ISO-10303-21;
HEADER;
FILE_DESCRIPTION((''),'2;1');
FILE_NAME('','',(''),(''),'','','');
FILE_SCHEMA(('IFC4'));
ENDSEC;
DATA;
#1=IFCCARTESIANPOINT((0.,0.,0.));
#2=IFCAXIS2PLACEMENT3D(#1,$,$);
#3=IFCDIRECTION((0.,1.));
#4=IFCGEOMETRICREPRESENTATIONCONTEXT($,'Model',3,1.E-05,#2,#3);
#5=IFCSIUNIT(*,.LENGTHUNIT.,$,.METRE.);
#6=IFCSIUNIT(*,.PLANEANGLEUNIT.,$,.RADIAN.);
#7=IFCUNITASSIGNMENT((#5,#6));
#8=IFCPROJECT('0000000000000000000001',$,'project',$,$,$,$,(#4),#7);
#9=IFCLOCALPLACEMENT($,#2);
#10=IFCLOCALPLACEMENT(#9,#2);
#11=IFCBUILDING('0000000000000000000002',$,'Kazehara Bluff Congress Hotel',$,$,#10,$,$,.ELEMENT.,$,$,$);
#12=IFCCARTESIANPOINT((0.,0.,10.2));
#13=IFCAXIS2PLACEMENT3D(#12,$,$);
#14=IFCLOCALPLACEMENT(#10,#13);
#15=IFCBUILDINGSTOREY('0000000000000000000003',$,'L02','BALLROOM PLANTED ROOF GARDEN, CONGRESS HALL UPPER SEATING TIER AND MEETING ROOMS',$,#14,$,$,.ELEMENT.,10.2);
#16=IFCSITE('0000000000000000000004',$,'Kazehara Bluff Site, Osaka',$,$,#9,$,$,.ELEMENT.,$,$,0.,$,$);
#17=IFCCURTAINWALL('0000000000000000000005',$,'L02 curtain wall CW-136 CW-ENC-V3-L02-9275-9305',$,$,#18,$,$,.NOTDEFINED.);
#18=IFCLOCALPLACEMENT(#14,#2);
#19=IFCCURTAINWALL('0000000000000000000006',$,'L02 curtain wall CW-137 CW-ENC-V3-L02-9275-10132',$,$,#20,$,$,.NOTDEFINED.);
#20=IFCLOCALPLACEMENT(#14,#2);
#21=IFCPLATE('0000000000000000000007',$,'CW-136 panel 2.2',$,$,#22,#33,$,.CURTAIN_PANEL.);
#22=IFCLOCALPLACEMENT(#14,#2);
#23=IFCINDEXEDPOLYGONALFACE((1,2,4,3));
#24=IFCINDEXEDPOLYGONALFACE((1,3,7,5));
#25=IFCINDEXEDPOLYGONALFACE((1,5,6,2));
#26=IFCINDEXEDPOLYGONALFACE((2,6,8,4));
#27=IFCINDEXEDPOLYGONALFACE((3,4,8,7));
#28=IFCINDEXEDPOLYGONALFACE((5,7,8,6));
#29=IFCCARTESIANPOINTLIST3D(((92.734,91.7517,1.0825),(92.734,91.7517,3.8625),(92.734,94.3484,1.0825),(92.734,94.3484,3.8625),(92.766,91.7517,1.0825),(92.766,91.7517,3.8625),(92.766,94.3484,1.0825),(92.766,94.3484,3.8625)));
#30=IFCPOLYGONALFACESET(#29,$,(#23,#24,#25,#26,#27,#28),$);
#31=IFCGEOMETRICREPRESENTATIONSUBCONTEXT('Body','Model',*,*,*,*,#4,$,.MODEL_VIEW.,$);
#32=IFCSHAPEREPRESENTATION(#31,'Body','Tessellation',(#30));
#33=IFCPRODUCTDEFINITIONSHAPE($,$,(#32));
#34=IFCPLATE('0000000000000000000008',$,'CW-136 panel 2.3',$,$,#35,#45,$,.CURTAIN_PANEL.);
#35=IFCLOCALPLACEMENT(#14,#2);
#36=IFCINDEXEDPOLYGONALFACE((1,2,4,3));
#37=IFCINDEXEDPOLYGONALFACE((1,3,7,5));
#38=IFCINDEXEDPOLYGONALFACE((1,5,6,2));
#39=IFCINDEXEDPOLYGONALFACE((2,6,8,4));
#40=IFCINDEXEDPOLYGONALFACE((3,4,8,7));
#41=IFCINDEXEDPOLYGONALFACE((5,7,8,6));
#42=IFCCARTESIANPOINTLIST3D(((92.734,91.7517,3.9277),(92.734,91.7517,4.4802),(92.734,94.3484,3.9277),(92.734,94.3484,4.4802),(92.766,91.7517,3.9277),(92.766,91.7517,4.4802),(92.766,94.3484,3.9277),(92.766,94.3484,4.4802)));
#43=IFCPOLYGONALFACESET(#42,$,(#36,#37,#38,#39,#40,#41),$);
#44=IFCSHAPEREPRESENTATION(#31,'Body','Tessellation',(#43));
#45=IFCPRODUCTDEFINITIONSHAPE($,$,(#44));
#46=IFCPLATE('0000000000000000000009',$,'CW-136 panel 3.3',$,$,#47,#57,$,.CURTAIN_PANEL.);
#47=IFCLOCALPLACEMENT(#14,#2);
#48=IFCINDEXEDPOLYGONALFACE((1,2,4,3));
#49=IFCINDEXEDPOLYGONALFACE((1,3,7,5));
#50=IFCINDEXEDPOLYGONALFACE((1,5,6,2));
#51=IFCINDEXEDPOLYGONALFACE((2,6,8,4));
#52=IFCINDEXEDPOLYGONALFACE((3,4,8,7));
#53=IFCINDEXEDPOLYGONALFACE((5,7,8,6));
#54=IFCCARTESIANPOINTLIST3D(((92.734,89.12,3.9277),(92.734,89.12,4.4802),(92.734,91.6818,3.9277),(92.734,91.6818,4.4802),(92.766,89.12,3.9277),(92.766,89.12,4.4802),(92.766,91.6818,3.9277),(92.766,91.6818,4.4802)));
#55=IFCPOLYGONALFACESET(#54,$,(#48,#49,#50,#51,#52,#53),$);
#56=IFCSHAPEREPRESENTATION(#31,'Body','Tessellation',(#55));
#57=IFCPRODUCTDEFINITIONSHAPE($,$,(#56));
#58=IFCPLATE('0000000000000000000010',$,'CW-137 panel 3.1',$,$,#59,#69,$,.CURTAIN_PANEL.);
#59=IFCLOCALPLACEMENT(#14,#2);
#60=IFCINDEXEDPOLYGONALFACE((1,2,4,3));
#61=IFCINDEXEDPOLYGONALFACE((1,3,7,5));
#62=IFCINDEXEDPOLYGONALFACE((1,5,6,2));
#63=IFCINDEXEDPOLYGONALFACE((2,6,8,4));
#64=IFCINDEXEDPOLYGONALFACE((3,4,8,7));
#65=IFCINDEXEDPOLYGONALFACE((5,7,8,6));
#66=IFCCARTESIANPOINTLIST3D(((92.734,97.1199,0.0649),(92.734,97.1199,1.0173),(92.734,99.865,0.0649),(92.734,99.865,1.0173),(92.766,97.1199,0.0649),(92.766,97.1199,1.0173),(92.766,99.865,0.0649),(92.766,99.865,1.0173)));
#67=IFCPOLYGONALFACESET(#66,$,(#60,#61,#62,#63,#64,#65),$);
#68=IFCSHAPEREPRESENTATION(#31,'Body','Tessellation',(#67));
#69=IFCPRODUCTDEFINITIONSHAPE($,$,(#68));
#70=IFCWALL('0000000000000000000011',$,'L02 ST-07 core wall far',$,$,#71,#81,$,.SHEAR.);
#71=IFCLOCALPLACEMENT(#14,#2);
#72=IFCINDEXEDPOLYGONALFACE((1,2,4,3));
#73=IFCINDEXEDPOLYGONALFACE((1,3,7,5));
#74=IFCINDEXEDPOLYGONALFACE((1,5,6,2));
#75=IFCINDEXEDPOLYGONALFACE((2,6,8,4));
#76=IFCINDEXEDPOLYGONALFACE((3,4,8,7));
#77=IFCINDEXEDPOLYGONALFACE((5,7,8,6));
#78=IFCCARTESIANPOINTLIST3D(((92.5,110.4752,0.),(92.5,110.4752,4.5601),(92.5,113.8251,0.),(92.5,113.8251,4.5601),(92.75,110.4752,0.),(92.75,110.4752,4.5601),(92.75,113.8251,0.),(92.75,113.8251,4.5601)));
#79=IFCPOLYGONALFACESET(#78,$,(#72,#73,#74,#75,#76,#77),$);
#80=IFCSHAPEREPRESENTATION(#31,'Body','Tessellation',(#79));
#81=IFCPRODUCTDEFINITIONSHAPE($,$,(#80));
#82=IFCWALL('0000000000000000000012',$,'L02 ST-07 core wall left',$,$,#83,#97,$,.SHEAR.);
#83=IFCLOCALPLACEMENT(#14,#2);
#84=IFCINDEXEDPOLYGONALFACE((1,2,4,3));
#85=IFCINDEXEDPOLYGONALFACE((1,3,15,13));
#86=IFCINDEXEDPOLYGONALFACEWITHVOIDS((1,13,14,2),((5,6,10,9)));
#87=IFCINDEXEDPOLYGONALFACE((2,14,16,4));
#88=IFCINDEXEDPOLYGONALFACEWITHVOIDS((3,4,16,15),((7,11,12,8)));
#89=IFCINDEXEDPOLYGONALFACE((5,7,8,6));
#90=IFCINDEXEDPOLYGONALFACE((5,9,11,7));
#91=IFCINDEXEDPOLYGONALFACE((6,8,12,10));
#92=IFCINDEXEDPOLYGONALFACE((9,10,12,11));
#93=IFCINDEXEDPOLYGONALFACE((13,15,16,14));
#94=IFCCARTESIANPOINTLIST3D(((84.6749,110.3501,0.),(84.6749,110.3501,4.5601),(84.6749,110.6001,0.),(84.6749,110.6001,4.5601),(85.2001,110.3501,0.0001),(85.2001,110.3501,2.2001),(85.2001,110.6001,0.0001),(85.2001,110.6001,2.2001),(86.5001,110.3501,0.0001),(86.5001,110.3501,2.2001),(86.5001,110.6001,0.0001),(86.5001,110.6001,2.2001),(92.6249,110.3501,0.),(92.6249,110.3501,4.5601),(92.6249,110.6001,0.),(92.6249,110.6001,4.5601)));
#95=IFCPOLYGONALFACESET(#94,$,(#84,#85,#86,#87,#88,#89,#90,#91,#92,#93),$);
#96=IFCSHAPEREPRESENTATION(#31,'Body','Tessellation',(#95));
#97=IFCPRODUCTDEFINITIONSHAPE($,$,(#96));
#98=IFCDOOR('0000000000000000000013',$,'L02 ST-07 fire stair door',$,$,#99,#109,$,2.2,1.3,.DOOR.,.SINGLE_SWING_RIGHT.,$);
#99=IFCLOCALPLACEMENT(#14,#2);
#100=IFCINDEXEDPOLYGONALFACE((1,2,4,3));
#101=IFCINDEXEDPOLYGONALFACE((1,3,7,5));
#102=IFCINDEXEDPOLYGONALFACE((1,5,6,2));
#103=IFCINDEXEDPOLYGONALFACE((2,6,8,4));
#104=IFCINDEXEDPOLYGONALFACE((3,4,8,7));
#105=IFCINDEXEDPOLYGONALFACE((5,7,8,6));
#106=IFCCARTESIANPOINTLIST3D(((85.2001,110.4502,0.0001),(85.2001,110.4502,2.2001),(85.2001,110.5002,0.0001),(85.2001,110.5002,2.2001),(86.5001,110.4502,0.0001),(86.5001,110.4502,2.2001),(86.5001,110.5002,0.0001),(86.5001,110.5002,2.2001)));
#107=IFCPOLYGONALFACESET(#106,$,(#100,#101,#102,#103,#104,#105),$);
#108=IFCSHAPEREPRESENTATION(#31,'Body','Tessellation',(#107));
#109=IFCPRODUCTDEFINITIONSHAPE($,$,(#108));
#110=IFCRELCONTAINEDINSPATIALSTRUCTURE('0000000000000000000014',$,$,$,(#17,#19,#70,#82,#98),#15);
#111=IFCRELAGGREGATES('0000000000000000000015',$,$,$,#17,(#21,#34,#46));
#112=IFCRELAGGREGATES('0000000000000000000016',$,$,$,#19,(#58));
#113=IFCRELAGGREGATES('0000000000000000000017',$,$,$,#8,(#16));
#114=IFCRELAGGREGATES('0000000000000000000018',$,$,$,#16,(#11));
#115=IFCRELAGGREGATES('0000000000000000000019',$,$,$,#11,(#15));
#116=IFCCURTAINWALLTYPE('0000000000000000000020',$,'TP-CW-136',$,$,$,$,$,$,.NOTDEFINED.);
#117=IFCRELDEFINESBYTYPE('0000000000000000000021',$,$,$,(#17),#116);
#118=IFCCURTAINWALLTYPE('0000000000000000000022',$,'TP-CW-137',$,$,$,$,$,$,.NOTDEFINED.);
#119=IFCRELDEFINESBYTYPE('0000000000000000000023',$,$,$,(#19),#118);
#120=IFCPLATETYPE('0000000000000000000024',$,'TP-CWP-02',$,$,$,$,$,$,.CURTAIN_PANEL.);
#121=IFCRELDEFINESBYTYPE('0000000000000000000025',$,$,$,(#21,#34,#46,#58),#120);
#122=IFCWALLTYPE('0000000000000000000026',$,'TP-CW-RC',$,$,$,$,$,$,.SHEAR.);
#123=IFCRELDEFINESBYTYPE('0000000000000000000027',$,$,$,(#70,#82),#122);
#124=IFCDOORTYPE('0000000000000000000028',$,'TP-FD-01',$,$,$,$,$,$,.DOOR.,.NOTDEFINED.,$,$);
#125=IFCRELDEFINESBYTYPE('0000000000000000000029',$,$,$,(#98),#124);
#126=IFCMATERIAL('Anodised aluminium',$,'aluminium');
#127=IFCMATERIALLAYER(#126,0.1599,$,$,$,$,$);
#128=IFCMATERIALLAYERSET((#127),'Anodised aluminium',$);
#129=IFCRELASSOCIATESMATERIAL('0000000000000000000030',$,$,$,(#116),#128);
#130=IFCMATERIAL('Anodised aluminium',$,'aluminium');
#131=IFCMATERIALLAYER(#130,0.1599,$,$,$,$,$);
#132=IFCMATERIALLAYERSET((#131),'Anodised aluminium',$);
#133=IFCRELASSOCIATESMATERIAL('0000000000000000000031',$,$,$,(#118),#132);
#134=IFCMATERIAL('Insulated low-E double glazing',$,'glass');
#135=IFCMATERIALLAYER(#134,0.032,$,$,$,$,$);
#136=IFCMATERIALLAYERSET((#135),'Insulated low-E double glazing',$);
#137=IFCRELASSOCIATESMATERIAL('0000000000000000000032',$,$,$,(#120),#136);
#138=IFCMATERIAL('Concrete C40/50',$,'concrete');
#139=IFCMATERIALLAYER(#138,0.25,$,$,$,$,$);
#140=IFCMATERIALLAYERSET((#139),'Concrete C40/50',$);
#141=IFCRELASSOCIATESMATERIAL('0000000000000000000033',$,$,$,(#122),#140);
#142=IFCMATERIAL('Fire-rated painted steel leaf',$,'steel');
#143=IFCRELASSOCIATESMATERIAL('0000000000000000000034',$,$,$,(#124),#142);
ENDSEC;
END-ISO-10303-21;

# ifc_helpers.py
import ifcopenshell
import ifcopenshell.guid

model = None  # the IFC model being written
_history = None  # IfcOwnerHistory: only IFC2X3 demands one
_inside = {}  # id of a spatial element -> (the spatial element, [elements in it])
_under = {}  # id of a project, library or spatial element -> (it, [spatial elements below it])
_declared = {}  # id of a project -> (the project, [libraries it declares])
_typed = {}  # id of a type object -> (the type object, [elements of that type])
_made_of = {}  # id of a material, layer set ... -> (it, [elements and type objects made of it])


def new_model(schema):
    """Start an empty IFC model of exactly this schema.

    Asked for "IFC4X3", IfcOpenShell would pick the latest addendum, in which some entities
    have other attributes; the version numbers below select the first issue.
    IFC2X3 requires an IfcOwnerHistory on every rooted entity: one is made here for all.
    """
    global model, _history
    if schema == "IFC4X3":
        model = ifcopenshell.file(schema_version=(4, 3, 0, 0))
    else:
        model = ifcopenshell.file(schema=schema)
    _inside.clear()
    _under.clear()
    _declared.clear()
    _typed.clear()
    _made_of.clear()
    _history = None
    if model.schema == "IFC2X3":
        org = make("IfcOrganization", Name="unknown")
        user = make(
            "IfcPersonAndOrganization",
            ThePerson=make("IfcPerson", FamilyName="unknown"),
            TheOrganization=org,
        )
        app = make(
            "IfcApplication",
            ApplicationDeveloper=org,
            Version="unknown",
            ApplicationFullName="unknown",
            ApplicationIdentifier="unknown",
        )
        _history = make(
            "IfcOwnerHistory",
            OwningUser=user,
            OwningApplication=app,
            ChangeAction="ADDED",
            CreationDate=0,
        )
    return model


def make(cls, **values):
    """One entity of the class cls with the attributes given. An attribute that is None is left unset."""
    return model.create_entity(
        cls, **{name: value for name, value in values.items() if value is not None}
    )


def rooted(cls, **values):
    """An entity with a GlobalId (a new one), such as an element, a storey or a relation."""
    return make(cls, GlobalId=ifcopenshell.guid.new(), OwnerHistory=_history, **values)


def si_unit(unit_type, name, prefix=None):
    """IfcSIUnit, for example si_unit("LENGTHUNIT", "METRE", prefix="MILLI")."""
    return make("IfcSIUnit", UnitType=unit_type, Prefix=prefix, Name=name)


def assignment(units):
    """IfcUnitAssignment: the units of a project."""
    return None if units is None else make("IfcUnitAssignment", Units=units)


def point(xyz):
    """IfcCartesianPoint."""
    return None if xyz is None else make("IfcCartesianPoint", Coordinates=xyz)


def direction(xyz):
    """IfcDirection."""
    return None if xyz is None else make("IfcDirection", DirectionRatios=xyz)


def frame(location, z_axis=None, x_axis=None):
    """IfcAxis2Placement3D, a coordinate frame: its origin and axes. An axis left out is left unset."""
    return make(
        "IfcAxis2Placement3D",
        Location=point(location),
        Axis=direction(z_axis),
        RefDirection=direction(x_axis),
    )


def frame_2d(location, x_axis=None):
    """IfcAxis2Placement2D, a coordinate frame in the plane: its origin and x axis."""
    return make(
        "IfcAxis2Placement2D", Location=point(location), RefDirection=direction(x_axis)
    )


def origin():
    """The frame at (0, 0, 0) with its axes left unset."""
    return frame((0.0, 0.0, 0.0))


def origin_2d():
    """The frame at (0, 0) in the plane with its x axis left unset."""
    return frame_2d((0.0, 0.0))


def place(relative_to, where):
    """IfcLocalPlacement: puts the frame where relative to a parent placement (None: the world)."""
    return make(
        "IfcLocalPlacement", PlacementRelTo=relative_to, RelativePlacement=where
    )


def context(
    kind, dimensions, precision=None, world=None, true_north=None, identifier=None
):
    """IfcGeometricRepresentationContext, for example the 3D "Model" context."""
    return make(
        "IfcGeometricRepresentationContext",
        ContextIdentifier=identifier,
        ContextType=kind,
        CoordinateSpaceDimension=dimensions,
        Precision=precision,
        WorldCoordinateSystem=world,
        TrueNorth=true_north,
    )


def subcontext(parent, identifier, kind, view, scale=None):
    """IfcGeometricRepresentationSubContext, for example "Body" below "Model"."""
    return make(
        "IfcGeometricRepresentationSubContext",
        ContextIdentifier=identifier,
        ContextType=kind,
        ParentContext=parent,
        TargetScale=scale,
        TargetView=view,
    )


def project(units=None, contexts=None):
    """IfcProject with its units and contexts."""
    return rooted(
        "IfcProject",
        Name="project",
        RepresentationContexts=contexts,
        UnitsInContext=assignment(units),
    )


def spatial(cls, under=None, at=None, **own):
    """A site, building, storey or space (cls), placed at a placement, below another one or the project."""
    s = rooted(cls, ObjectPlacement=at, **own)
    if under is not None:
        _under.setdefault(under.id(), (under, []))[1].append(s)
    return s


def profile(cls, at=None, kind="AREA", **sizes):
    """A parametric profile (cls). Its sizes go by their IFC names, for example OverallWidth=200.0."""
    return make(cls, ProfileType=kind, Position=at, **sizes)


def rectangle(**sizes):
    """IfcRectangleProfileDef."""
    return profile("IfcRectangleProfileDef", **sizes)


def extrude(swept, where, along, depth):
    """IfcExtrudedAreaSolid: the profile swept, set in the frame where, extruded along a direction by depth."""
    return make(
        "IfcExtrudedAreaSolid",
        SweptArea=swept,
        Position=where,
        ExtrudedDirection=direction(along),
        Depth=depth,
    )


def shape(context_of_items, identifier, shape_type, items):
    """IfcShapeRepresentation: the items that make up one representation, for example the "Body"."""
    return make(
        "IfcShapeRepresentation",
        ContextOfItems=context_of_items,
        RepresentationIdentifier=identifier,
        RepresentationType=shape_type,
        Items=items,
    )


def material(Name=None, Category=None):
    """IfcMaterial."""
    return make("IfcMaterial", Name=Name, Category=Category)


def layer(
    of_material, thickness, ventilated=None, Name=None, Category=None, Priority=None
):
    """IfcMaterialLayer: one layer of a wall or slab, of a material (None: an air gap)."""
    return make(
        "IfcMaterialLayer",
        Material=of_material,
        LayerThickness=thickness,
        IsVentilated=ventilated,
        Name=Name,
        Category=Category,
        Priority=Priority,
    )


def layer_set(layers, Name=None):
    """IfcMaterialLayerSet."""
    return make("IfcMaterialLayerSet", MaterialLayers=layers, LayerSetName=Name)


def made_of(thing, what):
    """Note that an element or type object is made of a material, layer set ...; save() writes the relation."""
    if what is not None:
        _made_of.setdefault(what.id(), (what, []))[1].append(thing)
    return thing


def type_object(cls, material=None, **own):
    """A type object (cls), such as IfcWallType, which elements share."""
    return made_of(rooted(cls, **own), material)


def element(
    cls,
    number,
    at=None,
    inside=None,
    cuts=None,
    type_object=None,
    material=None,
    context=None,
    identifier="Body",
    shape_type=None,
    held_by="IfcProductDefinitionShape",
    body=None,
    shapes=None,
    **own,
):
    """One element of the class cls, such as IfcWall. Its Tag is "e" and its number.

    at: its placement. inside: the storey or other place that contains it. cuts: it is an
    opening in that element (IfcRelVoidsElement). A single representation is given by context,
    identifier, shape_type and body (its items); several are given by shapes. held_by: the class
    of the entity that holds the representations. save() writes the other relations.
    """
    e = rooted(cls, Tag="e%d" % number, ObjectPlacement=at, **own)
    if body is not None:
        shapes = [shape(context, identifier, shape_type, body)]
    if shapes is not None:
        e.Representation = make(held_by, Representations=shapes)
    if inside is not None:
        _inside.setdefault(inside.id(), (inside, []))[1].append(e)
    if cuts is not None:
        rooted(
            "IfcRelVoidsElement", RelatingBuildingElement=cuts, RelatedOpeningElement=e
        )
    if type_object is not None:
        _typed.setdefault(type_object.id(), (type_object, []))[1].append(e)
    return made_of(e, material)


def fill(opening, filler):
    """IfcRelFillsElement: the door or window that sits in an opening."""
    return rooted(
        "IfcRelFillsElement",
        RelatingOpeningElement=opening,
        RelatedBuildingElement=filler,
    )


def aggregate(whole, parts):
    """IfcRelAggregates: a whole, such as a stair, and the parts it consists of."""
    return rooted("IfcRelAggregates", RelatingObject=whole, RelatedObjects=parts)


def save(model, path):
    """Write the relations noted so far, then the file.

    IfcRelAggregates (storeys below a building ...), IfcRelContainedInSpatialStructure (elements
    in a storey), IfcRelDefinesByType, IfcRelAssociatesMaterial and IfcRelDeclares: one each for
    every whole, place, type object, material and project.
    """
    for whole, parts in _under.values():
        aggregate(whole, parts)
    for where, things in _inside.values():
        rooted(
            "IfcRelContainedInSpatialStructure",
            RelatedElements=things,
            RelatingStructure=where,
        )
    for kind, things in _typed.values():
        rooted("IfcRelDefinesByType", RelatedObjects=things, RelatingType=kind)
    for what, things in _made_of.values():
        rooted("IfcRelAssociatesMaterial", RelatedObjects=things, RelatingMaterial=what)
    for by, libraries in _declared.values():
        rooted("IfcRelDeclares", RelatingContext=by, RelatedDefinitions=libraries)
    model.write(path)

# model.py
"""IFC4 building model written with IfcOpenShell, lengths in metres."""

from ifc_helpers import new_model, si_unit, direction, frame, frame_2d, origin, origin_2d, place, context, subcontext, project, spatial, rectangle, extrude, material, layer, layer_set, type_object, element, fill, aggregate, save


model = new_model("IFC4")

# Units and contexts
model_context = context("Model", 3, precision=1e-05, world=origin(), true_north=direction((0.0, 1.0)))
body_context = subcontext(model_context, "Body", "Model", "MODEL_VIEW")
ifc_project = project(units=[si_unit("LENGTHUNIT", "METRE"), si_unit("PLANEANGLEUNIT", "RADIAN")], contexts=[model_context])

# Site, building, storey
site_placement = place(None, origin())
site = spatial("IfcSite", under=ifc_project, at=site_placement, Name="Kazehara Bluff Site, Osaka", CompositionType="ELEMENT", RefElevation=0.0)
building_placement = place(site_placement, origin())
building = spatial("IfcBuilding", under=site, at=building_placement, Name="Kazehara Bluff Congress Hotel", CompositionType="ELEMENT")
storey_placement = place(building_placement, frame((0.0, 0.0, 10.2)))
storey = spatial("IfcBuildingStorey", under=building, at=storey_placement, Name="L02", Description="BALLROOM PLANTED ROOF GARDEN, CONGRESS HALL UPPER SEATING TIER AND MEETING ROOMS", CompositionType="ELEMENT", Elevation=10.2)

# Curtain wall
ifc_material_1 = material(Name="Anodised aluminium", Category="aluminium")
ifc_layer_1 = layer(ifc_material_1, 0.1599)
ifc_layer_set_1 = layer_set([ifc_layer_1], Name="Anodised aluminium")
curtain_wall_type_1 = type_object("IfcCurtainWallType", Name="TP-CW-136", PredefinedType="NOTDEFINED", material=ifc_layer_set_1)
curtain_wall_1_placement = place(storey_placement, origin())
curtain_wall_1 = element("IfcCurtainWall", 1, at=curtain_wall_1_placement, inside=storey, type_object=curtain_wall_type_1, Name="L02 curtain wall CW-136 CW-ENC-V3-L02-9275-9305", PredefinedType="NOTDEFINED")

# Curtain wall
ifc_material_2 = material(Name="Anodised aluminium", Category="aluminium")
ifc_layer_2 = layer(ifc_material_2, 0.1599)
ifc_layer_set_2 = layer_set([ifc_layer_2], Name="Anodised aluminium")
curtain_wall_type_2 = type_object("IfcCurtainWallType", Name="TP-CW-137", PredefinedType="NOTDEFINED", material=ifc_layer_set_2)
curtain_wall_2_placement = place(storey_placement, origin())
curtain_wall_2 = element("IfcCurtainWall", 2, at=curtain_wall_2_placement, inside=storey, type_object=curtain_wall_type_2, Name="L02 curtain wall CW-137 CW-ENC-V3-L02-9275-10132", PredefinedType="NOTDEFINED")

# Plates
ifc_material_3 = material(Name="Insulated low-E double glazing", Category="glass")
ifc_layer_3 = layer(ifc_material_3, 0.032)
ifc_layer_set_3 = layer_set([ifc_layer_3], Name="Insulated low-E double glazing")
plate_type = type_object("IfcPlateType", Name="TP-CWP-02", PredefinedType="CURTAIN_PANEL", material=ifc_layer_set_3)
plate_1_placement = place(storey_placement, frame((92.75, 93.05, 1.0825), z_axis=(0.0, 0.0, 1.0), x_axis=(0.0, -1.0, 0.0)))
plate_1 = element("IfcPlate", 3, at=plate_1_placement, type_object=plate_type, Name="CW-136 panel 2.2", PredefinedType="CURTAIN_PANEL", context=body_context, shape_type="SweptSolid", body=[
    extrude(rectangle(XDim=2.5967, YDim=0.032, at=origin_2d()), origin(), (0.0, 0.0, 1.0), 2.78),
])
plate_2_placement = place(storey_placement, frame((92.75, 93.05, 3.9277), z_axis=(0.0, 0.0, 1.0), x_axis=(0.0, -1.0, 0.0)))
plate_2 = element("IfcPlate", 4, at=plate_2_placement, type_object=plate_type, Name="CW-136 panel 2.3", PredefinedType="CURTAIN_PANEL", context=body_context, shape_type="SweptSolid", body=[
    extrude(rectangle(XDim=2.5967, YDim=0.032, at=origin_2d()), origin(), (0.0, 0.0, 1.0), 0.5525),
])
plate_3_placement = place(storey_placement, frame((92.75, 90.4009, 3.9277), z_axis=(0.0, 0.0, 1.0), x_axis=(0.0, -1.0, 0.0)))
plate_3 = element("IfcPlate", 5, at=plate_3_placement, type_object=plate_type, Name="CW-136 panel 3.3", PredefinedType="CURTAIN_PANEL", context=body_context, shape_type="SweptSolid", body=[
    extrude(rectangle(XDim=2.5618, YDim=0.032, at=origin_2d()), origin(), (0.0, 0.0, 1.0), 0.5525),
])
aggregate(curtain_wall_1, [plate_1, plate_2, plate_3])
plate_4_placement = place(storey_placement, frame((92.75, 98.4924, 0.0649), z_axis=(0.0, 0.0, 1.0), x_axis=(0.0, -1.0, 0.0)))
plate_4 = element("IfcPlate", 6, at=plate_4_placement, type_object=plate_type, Name="CW-137 panel 3.1", PredefinedType="CURTAIN_PANEL", context=body_context, shape_type="SweptSolid", body=[
    extrude(rectangle(XDim=2.7451, YDim=0.032, at=origin_2d()), origin(), (0.0, 0.0, 1.0), 0.9524),
])
aggregate(curtain_wall_2, [plate_4])

# Wall
ifc_material_4 = material(Name="Concrete C40/50", Category="concrete")
ifc_layer_4 = layer(ifc_material_4, 0.25)
ifc_layer_set_4 = layer_set([ifc_layer_4], Name="Concrete C40/50")
wall_type = type_object("IfcWallType", Name="TP-CW-RC", PredefinedType="SHEAR", material=ifc_layer_set_4)
wall_1_placement = place(storey_placement, frame((92.625, 113.825, 0.0), z_axis=(0.0, 0.0, 1.0), x_axis=(0.0, -1.0, 0.0)))
element("IfcWall", 7, at=wall_1_placement, inside=storey, type_object=wall_type, Name="L02 ST-07 core wall far", PredefinedType="SHEAR", context=body_context, shape_type="SweptSolid", body=[
    extrude(rectangle(XDim=3.3499, YDim=0.25, at=frame_2d((1.6748, 0.0))), origin(), (0.0, 0.0, 1.0), 4.5601),
])

# Wall, opening, door
wall_2_placement = place(storey_placement, frame((92.625, 110.4751, 0.0), z_axis=(0.0, 0.0, 1.0), x_axis=(-1.0, 0.0, 0.0)))
wall_2 = element("IfcWall", 8, at=wall_2_placement, inside=storey, type_object=wall_type, Name="L02 ST-07 core wall left", PredefinedType="SHEAR", context=body_context, shape_type="SweptSolid", body=[
    extrude(rectangle(XDim=7.95, YDim=0.25, at=frame_2d((3.9751, 0.0))), origin(), (0.0, 0.0, 1.0), 4.5601),
])
opening_placement = place(wall_2_placement, frame((6.125, 0.0, 0.0)))
opening = element("IfcOpeningElement", 9, at=opening_placement, cuts=wall_2, PredefinedType="OPENING", context=body_context, shape_type="SweptSolid", body=[
    extrude(rectangle(XDim=1.3, YDim=2.2, at=frame_2d((0.6499, 1.1001))), frame((0.0, 0.135, 0.0), z_axis=(0.0, -1.0, 0.0), x_axis=(1.0, 0.0, 0.0)), (0.0, 0.0, 1.0), 0.27),
])
ifc_material_5 = material(Name="Fire-rated painted steel leaf", Category="steel")
door_type = type_object("IfcDoorType", Name="TP-FD-01", OperationType="NOTDEFINED", PredefinedType="DOOR", material=ifc_material_5)
door_placement = place(opening_placement, origin())
door = element("IfcDoor", 10, at=door_placement, inside=storey, type_object=door_type, Name="L02 ST-07 fire stair door", OperationType="SINGLE_SWING_RIGHT", OverallHeight=2.2, OverallWidth=1.3, PredefinedType="DOOR", context=body_context, shape_type="SweptSolid", body=[
    extrude(rectangle(XDim=1.3, YDim=2.2, at=frame_2d((0.6499, 1.1001))), frame((0.0, 0.0249, 0.0), z_axis=(0.0, -1.0, 0.0), x_axis=(1.0, 0.0, 0.0)), (0.0, 0.0, 1.0), 0.05),
])
fill(opening, door)

save(model, "model.ifc")
